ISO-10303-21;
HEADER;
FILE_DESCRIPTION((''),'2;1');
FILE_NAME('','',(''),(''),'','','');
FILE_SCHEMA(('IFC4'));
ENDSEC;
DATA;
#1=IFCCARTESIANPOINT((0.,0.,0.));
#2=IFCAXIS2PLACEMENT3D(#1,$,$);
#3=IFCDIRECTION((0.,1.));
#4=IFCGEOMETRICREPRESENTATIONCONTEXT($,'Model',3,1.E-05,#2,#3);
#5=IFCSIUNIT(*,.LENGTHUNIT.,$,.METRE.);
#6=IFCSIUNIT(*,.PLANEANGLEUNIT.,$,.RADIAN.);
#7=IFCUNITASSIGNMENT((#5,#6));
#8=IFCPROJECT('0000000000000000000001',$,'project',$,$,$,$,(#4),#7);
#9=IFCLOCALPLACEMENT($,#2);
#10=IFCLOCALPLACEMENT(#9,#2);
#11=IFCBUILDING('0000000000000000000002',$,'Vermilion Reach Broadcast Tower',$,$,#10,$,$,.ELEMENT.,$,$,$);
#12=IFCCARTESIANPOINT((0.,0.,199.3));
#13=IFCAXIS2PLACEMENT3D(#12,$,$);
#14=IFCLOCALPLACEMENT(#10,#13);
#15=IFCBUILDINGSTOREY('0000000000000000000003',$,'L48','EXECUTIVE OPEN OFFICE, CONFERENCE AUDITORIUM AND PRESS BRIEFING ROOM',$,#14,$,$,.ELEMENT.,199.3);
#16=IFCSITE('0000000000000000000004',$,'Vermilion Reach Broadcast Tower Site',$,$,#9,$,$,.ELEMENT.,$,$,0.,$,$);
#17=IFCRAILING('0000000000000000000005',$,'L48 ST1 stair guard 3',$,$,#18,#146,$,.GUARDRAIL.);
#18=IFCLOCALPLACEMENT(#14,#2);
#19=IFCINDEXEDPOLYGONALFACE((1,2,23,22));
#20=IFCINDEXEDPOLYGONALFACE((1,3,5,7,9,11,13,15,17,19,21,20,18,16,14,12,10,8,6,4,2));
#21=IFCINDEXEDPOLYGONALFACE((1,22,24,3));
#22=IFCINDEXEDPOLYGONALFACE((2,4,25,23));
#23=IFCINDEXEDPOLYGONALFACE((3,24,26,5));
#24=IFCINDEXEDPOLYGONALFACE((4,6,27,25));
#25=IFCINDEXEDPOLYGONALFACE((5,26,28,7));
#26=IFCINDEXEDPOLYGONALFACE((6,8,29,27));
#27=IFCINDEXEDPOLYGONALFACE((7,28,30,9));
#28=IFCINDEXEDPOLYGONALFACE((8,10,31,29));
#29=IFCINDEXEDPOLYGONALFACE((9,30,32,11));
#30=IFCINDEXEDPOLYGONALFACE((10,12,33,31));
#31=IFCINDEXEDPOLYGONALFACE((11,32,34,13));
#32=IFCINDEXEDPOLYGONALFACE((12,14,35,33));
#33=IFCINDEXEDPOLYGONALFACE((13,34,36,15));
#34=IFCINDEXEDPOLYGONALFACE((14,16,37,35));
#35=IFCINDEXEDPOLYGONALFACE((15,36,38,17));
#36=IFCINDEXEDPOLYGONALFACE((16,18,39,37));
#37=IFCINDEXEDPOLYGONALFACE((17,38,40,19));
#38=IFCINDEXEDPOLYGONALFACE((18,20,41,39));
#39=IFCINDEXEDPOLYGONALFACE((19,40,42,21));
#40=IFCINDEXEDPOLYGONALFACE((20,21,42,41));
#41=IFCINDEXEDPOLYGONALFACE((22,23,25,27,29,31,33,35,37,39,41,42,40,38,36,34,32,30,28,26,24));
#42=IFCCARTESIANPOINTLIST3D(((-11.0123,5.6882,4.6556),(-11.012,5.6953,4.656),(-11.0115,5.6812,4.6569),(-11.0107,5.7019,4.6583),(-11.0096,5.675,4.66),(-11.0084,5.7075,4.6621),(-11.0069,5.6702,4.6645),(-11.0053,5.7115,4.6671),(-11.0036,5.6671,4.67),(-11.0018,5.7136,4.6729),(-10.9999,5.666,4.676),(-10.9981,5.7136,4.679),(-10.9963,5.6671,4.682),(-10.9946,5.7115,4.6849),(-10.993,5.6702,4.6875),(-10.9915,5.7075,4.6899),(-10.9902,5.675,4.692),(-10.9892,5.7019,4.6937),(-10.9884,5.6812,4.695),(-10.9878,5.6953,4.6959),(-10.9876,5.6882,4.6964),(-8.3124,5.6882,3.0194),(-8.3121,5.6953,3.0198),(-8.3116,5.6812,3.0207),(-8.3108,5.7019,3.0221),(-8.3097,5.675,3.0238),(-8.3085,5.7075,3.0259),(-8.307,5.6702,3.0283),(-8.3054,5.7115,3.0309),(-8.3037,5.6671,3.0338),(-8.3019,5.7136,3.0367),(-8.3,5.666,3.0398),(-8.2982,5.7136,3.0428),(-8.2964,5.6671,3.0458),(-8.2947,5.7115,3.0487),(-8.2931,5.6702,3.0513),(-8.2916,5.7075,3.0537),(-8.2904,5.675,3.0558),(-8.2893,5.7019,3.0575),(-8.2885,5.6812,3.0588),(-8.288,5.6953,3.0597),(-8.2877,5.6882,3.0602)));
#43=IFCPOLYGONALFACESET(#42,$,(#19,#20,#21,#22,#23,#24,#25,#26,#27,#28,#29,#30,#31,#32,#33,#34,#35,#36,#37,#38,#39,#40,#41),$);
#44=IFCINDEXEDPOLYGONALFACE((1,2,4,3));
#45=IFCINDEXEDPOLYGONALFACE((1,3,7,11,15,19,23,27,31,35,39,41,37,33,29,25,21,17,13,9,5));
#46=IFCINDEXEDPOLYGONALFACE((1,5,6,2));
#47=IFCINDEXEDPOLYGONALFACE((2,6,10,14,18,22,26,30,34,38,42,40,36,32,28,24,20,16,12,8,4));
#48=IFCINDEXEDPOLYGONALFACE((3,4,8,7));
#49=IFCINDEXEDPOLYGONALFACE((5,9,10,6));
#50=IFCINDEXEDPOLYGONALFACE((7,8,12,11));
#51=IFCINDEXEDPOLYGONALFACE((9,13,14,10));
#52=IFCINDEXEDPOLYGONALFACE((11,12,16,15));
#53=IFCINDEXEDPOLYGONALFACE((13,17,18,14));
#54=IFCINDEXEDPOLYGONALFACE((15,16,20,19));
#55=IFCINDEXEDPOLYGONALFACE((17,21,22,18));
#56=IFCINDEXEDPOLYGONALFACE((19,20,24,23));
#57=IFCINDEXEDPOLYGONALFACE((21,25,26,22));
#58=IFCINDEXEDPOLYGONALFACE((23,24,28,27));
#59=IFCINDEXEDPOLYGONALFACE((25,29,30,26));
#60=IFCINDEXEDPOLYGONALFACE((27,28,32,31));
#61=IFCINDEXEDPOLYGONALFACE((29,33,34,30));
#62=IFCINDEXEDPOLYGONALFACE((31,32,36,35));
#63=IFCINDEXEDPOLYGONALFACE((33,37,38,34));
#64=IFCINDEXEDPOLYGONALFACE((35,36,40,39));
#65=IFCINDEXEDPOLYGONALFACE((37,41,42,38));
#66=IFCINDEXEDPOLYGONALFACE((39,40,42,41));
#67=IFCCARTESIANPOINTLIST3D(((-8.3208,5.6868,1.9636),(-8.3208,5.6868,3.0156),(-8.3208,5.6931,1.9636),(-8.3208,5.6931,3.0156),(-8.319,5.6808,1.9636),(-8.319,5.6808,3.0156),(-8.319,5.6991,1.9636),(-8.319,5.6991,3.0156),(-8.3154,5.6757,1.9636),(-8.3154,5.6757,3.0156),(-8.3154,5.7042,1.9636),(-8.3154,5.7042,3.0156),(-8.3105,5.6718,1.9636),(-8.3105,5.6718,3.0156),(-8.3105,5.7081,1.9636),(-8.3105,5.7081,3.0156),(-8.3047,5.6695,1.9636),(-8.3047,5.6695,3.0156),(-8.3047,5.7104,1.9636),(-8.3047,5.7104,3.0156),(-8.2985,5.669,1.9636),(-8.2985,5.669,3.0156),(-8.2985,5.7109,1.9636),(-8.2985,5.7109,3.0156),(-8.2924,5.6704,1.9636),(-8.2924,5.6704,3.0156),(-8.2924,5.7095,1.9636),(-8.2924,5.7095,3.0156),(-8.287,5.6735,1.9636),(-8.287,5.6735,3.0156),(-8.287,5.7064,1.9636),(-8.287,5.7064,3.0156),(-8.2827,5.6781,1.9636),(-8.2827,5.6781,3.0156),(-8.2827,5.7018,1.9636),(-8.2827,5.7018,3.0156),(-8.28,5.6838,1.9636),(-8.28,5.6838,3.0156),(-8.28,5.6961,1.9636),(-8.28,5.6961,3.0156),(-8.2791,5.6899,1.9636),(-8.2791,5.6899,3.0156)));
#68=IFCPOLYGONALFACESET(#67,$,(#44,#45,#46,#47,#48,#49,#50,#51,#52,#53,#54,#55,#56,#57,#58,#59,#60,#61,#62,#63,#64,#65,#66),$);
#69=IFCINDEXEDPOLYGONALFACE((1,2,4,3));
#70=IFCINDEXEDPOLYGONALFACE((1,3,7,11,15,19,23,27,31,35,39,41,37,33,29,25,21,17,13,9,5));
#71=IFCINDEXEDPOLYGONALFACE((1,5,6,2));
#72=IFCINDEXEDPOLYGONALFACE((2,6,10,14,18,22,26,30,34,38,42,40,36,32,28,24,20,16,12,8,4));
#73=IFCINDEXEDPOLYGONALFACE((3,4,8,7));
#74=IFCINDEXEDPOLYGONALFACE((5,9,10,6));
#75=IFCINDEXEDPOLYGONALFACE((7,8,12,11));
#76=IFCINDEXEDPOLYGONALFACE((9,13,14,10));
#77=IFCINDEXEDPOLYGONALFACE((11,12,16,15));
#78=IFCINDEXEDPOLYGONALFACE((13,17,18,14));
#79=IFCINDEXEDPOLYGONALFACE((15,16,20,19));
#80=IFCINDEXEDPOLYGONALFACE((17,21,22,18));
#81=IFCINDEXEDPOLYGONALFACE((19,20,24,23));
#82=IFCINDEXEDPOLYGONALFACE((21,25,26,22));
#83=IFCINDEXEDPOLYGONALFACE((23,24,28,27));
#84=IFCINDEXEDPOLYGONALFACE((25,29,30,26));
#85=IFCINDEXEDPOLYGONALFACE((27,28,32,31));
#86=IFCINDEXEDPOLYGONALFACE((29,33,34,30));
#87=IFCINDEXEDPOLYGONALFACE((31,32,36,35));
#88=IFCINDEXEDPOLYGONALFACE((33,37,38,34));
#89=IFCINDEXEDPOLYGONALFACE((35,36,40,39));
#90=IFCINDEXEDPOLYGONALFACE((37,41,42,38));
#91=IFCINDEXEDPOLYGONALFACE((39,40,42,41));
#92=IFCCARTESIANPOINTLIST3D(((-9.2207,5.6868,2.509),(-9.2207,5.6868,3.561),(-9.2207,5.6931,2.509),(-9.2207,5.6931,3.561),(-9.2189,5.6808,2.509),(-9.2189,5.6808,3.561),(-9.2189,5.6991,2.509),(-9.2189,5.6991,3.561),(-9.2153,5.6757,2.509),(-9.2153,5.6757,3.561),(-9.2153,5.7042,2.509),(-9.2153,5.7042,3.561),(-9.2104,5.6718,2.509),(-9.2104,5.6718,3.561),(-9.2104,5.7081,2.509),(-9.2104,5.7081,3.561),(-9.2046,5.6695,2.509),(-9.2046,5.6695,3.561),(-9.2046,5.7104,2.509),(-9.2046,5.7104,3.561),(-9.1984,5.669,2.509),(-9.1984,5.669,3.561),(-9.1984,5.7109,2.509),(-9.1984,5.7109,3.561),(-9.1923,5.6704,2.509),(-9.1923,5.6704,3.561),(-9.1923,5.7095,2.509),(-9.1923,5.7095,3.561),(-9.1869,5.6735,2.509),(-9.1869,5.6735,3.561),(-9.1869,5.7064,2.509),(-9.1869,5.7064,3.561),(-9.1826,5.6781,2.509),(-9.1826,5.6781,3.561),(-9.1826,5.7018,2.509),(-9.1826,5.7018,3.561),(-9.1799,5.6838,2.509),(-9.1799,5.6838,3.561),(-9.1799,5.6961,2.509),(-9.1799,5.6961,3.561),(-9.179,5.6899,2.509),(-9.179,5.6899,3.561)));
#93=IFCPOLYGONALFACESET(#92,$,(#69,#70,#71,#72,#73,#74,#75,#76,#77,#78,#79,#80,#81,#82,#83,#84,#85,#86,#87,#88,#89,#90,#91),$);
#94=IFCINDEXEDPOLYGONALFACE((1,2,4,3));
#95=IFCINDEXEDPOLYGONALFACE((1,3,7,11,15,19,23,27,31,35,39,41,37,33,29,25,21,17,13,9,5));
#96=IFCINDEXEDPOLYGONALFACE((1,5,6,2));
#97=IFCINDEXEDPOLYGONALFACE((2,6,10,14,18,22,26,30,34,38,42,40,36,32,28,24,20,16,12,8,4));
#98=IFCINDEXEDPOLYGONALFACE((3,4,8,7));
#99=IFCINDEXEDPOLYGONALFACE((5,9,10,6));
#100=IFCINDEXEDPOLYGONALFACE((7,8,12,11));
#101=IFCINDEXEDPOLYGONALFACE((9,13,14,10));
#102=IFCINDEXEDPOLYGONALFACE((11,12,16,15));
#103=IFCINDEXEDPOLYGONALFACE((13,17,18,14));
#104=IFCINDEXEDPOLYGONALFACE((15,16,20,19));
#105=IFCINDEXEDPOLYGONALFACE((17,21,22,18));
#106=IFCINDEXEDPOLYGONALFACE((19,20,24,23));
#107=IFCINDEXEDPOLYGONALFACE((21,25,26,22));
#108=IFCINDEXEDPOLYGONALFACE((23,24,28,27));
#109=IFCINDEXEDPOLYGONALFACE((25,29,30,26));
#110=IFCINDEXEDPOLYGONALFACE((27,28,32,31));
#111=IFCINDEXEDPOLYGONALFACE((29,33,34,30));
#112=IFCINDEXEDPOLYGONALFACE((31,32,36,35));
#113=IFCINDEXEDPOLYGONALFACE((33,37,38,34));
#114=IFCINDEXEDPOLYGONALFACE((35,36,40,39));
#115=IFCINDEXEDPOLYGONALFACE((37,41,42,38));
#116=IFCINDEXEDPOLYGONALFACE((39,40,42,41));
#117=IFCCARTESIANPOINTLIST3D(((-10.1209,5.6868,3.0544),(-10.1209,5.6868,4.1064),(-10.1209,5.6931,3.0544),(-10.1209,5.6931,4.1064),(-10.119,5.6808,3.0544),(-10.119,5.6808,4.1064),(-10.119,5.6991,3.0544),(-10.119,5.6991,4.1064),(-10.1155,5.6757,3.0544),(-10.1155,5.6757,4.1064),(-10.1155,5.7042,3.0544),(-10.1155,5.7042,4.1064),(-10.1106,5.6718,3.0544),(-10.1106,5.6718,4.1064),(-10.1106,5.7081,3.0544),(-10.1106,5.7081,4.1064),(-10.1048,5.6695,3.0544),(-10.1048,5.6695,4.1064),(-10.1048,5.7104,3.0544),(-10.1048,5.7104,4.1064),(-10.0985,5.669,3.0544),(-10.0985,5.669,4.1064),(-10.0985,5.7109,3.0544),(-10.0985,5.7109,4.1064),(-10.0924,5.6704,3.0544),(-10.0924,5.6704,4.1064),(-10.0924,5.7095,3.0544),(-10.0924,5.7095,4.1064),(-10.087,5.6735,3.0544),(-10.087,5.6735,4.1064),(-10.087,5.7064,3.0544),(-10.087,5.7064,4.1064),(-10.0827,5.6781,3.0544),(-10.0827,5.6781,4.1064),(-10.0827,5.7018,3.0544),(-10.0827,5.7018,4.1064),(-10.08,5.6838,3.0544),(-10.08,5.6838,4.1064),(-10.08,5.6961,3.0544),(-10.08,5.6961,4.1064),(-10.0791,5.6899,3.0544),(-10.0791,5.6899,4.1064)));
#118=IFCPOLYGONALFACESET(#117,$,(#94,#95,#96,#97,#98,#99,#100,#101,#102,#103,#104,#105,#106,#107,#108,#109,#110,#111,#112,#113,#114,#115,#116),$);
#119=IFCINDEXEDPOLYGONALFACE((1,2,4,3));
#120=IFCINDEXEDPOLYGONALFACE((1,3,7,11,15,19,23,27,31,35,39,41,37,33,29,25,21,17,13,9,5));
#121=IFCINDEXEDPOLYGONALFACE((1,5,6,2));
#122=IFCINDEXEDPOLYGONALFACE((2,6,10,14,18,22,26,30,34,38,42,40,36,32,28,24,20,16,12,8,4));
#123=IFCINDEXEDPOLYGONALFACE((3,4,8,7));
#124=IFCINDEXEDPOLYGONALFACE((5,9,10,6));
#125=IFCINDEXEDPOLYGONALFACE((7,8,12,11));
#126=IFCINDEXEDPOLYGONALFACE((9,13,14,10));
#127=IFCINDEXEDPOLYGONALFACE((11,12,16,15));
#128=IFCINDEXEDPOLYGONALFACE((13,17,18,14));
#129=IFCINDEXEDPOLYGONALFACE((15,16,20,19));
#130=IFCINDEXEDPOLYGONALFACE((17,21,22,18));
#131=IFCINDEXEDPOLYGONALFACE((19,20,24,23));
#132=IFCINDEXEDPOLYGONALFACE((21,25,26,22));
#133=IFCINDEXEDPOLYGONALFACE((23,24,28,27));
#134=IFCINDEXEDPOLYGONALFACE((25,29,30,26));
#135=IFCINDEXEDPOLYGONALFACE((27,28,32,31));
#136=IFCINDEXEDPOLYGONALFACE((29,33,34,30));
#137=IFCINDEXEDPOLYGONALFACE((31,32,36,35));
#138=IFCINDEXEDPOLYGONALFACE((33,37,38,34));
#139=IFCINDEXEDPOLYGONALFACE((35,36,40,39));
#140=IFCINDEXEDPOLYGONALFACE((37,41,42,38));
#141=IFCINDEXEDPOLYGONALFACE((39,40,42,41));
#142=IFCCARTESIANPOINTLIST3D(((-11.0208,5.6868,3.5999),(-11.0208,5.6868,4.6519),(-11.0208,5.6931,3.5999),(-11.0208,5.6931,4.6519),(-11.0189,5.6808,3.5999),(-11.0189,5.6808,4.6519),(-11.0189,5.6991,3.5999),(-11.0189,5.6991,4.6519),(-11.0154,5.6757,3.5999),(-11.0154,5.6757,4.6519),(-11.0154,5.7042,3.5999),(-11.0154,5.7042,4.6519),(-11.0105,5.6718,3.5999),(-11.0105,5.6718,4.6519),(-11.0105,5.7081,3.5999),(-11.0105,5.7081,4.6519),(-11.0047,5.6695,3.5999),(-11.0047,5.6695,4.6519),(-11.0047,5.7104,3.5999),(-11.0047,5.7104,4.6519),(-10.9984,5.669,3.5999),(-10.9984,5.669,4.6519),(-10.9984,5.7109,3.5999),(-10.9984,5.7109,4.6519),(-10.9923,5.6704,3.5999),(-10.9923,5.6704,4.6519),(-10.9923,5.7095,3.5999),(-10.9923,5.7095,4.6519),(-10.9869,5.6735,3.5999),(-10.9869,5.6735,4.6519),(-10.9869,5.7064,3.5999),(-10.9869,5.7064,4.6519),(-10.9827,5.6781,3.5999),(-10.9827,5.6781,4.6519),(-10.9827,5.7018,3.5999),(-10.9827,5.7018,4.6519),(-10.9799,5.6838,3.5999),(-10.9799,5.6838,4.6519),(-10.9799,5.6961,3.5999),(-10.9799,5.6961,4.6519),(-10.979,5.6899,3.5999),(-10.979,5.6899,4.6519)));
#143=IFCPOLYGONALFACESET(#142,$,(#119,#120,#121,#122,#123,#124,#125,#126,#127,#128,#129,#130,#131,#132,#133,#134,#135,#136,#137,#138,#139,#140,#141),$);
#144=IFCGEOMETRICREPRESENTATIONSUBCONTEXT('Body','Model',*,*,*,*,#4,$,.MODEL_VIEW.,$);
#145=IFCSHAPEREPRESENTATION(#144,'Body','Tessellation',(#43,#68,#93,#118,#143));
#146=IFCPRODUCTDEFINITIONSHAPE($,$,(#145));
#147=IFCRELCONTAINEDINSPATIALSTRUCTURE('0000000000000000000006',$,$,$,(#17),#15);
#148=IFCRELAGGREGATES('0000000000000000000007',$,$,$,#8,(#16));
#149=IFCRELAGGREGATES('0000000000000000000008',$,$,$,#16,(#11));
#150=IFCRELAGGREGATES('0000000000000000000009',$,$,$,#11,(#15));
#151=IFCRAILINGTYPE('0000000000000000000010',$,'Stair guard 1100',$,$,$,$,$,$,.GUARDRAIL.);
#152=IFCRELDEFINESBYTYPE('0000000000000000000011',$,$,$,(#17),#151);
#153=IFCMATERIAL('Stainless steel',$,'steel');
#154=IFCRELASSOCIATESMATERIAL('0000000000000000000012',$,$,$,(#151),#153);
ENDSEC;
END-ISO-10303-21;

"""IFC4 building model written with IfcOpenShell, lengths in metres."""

from ifc_helpers import new_model, si_unit, direction, frame, origin, origin_2d, place, context, subcontext, project, spatial, circle, extrude, material, type_object, element, save


model = new_model("IFC4")

# Units and contexts
model_context = context("Model", 3, precision=1e-05, world=origin(), true_north=direction((0.0, 1.0)))
body_context = subcontext(model_context, "Body", "Model", "MODEL_VIEW")
ifc_project = project(units=[si_unit("LENGTHUNIT", "METRE"), si_unit("PLANEANGLEUNIT", "RADIAN")], contexts=[model_context])

# Site, building, storey
site_placement = place(None, origin())
site = spatial("IfcSite", under=ifc_project, at=site_placement, Name="Vermilion Reach Broadcast Tower Site", CompositionType="ELEMENT", RefElevation=0.0)
building_placement = place(site_placement, origin())
building = spatial("IfcBuilding", under=site, at=building_placement, Name="Vermilion Reach Broadcast Tower", CompositionType="ELEMENT")
storey_placement = place(building_placement, frame((0.0, 0.0, 199.3)))
storey = spatial("IfcBuildingStorey", under=building, at=storey_placement, Name="L48", Description="EXECUTIVE OPEN OFFICE, CONFERENCE AUDITORIUM AND PRESS BRIEFING ROOM", CompositionType="ELEMENT", Elevation=199.3)

# Railing
ifc_material_1 = material(Name="Stainless steel", Category="steel")
railing_type_1 = type_object("IfcRailingType", Name="Stair guard 1100", PredefinedType="GUARDRAIL", material=ifc_material_1)
railing_1_placement = place(storey_placement, frame((-8.3, 5.6899, 1.9636)))
element("IfcRailing", 1, at=railing_1_placement, inside=storey, type_object=railing_type_1, Name="L48 ST1 stair guard 3", PredefinedType="GUARDRAIL", context=body_context, shape_type="SweptSolid", body=[
    extrude(circle(Radius=0.0239, at=origin_2d()), frame((0.0, 0.0, 1.0762), z_axis=(-0.855212, 0.0, 0.518278), x_axis=(0.0, -1.0, 0.0)), (0.0, 0.0, 1.0), 3.157),
    extrude(circle(Radius=0.021, at=origin_2d()), origin(), (0.0, 0.0, 1.0), 1.052),
    extrude(circle(Radius=0.021, at=origin_2d()), frame((-0.8999, 0.0, 0.5454)), (0.0, 0.0, 1.0), 1.052),
    extrude(circle(Radius=0.021, at=origin_2d()), frame((-1.8, 0.0, 1.0908)), (0.0, 0.0, 1.0), 1.052),
    extrude(circle(Radius=0.021, at=origin_2d()), frame((-2.7, 0.0, 1.6362)), (0.0, 0.0, 1.0), 1.052),
])

save(model, "model.ifc")
